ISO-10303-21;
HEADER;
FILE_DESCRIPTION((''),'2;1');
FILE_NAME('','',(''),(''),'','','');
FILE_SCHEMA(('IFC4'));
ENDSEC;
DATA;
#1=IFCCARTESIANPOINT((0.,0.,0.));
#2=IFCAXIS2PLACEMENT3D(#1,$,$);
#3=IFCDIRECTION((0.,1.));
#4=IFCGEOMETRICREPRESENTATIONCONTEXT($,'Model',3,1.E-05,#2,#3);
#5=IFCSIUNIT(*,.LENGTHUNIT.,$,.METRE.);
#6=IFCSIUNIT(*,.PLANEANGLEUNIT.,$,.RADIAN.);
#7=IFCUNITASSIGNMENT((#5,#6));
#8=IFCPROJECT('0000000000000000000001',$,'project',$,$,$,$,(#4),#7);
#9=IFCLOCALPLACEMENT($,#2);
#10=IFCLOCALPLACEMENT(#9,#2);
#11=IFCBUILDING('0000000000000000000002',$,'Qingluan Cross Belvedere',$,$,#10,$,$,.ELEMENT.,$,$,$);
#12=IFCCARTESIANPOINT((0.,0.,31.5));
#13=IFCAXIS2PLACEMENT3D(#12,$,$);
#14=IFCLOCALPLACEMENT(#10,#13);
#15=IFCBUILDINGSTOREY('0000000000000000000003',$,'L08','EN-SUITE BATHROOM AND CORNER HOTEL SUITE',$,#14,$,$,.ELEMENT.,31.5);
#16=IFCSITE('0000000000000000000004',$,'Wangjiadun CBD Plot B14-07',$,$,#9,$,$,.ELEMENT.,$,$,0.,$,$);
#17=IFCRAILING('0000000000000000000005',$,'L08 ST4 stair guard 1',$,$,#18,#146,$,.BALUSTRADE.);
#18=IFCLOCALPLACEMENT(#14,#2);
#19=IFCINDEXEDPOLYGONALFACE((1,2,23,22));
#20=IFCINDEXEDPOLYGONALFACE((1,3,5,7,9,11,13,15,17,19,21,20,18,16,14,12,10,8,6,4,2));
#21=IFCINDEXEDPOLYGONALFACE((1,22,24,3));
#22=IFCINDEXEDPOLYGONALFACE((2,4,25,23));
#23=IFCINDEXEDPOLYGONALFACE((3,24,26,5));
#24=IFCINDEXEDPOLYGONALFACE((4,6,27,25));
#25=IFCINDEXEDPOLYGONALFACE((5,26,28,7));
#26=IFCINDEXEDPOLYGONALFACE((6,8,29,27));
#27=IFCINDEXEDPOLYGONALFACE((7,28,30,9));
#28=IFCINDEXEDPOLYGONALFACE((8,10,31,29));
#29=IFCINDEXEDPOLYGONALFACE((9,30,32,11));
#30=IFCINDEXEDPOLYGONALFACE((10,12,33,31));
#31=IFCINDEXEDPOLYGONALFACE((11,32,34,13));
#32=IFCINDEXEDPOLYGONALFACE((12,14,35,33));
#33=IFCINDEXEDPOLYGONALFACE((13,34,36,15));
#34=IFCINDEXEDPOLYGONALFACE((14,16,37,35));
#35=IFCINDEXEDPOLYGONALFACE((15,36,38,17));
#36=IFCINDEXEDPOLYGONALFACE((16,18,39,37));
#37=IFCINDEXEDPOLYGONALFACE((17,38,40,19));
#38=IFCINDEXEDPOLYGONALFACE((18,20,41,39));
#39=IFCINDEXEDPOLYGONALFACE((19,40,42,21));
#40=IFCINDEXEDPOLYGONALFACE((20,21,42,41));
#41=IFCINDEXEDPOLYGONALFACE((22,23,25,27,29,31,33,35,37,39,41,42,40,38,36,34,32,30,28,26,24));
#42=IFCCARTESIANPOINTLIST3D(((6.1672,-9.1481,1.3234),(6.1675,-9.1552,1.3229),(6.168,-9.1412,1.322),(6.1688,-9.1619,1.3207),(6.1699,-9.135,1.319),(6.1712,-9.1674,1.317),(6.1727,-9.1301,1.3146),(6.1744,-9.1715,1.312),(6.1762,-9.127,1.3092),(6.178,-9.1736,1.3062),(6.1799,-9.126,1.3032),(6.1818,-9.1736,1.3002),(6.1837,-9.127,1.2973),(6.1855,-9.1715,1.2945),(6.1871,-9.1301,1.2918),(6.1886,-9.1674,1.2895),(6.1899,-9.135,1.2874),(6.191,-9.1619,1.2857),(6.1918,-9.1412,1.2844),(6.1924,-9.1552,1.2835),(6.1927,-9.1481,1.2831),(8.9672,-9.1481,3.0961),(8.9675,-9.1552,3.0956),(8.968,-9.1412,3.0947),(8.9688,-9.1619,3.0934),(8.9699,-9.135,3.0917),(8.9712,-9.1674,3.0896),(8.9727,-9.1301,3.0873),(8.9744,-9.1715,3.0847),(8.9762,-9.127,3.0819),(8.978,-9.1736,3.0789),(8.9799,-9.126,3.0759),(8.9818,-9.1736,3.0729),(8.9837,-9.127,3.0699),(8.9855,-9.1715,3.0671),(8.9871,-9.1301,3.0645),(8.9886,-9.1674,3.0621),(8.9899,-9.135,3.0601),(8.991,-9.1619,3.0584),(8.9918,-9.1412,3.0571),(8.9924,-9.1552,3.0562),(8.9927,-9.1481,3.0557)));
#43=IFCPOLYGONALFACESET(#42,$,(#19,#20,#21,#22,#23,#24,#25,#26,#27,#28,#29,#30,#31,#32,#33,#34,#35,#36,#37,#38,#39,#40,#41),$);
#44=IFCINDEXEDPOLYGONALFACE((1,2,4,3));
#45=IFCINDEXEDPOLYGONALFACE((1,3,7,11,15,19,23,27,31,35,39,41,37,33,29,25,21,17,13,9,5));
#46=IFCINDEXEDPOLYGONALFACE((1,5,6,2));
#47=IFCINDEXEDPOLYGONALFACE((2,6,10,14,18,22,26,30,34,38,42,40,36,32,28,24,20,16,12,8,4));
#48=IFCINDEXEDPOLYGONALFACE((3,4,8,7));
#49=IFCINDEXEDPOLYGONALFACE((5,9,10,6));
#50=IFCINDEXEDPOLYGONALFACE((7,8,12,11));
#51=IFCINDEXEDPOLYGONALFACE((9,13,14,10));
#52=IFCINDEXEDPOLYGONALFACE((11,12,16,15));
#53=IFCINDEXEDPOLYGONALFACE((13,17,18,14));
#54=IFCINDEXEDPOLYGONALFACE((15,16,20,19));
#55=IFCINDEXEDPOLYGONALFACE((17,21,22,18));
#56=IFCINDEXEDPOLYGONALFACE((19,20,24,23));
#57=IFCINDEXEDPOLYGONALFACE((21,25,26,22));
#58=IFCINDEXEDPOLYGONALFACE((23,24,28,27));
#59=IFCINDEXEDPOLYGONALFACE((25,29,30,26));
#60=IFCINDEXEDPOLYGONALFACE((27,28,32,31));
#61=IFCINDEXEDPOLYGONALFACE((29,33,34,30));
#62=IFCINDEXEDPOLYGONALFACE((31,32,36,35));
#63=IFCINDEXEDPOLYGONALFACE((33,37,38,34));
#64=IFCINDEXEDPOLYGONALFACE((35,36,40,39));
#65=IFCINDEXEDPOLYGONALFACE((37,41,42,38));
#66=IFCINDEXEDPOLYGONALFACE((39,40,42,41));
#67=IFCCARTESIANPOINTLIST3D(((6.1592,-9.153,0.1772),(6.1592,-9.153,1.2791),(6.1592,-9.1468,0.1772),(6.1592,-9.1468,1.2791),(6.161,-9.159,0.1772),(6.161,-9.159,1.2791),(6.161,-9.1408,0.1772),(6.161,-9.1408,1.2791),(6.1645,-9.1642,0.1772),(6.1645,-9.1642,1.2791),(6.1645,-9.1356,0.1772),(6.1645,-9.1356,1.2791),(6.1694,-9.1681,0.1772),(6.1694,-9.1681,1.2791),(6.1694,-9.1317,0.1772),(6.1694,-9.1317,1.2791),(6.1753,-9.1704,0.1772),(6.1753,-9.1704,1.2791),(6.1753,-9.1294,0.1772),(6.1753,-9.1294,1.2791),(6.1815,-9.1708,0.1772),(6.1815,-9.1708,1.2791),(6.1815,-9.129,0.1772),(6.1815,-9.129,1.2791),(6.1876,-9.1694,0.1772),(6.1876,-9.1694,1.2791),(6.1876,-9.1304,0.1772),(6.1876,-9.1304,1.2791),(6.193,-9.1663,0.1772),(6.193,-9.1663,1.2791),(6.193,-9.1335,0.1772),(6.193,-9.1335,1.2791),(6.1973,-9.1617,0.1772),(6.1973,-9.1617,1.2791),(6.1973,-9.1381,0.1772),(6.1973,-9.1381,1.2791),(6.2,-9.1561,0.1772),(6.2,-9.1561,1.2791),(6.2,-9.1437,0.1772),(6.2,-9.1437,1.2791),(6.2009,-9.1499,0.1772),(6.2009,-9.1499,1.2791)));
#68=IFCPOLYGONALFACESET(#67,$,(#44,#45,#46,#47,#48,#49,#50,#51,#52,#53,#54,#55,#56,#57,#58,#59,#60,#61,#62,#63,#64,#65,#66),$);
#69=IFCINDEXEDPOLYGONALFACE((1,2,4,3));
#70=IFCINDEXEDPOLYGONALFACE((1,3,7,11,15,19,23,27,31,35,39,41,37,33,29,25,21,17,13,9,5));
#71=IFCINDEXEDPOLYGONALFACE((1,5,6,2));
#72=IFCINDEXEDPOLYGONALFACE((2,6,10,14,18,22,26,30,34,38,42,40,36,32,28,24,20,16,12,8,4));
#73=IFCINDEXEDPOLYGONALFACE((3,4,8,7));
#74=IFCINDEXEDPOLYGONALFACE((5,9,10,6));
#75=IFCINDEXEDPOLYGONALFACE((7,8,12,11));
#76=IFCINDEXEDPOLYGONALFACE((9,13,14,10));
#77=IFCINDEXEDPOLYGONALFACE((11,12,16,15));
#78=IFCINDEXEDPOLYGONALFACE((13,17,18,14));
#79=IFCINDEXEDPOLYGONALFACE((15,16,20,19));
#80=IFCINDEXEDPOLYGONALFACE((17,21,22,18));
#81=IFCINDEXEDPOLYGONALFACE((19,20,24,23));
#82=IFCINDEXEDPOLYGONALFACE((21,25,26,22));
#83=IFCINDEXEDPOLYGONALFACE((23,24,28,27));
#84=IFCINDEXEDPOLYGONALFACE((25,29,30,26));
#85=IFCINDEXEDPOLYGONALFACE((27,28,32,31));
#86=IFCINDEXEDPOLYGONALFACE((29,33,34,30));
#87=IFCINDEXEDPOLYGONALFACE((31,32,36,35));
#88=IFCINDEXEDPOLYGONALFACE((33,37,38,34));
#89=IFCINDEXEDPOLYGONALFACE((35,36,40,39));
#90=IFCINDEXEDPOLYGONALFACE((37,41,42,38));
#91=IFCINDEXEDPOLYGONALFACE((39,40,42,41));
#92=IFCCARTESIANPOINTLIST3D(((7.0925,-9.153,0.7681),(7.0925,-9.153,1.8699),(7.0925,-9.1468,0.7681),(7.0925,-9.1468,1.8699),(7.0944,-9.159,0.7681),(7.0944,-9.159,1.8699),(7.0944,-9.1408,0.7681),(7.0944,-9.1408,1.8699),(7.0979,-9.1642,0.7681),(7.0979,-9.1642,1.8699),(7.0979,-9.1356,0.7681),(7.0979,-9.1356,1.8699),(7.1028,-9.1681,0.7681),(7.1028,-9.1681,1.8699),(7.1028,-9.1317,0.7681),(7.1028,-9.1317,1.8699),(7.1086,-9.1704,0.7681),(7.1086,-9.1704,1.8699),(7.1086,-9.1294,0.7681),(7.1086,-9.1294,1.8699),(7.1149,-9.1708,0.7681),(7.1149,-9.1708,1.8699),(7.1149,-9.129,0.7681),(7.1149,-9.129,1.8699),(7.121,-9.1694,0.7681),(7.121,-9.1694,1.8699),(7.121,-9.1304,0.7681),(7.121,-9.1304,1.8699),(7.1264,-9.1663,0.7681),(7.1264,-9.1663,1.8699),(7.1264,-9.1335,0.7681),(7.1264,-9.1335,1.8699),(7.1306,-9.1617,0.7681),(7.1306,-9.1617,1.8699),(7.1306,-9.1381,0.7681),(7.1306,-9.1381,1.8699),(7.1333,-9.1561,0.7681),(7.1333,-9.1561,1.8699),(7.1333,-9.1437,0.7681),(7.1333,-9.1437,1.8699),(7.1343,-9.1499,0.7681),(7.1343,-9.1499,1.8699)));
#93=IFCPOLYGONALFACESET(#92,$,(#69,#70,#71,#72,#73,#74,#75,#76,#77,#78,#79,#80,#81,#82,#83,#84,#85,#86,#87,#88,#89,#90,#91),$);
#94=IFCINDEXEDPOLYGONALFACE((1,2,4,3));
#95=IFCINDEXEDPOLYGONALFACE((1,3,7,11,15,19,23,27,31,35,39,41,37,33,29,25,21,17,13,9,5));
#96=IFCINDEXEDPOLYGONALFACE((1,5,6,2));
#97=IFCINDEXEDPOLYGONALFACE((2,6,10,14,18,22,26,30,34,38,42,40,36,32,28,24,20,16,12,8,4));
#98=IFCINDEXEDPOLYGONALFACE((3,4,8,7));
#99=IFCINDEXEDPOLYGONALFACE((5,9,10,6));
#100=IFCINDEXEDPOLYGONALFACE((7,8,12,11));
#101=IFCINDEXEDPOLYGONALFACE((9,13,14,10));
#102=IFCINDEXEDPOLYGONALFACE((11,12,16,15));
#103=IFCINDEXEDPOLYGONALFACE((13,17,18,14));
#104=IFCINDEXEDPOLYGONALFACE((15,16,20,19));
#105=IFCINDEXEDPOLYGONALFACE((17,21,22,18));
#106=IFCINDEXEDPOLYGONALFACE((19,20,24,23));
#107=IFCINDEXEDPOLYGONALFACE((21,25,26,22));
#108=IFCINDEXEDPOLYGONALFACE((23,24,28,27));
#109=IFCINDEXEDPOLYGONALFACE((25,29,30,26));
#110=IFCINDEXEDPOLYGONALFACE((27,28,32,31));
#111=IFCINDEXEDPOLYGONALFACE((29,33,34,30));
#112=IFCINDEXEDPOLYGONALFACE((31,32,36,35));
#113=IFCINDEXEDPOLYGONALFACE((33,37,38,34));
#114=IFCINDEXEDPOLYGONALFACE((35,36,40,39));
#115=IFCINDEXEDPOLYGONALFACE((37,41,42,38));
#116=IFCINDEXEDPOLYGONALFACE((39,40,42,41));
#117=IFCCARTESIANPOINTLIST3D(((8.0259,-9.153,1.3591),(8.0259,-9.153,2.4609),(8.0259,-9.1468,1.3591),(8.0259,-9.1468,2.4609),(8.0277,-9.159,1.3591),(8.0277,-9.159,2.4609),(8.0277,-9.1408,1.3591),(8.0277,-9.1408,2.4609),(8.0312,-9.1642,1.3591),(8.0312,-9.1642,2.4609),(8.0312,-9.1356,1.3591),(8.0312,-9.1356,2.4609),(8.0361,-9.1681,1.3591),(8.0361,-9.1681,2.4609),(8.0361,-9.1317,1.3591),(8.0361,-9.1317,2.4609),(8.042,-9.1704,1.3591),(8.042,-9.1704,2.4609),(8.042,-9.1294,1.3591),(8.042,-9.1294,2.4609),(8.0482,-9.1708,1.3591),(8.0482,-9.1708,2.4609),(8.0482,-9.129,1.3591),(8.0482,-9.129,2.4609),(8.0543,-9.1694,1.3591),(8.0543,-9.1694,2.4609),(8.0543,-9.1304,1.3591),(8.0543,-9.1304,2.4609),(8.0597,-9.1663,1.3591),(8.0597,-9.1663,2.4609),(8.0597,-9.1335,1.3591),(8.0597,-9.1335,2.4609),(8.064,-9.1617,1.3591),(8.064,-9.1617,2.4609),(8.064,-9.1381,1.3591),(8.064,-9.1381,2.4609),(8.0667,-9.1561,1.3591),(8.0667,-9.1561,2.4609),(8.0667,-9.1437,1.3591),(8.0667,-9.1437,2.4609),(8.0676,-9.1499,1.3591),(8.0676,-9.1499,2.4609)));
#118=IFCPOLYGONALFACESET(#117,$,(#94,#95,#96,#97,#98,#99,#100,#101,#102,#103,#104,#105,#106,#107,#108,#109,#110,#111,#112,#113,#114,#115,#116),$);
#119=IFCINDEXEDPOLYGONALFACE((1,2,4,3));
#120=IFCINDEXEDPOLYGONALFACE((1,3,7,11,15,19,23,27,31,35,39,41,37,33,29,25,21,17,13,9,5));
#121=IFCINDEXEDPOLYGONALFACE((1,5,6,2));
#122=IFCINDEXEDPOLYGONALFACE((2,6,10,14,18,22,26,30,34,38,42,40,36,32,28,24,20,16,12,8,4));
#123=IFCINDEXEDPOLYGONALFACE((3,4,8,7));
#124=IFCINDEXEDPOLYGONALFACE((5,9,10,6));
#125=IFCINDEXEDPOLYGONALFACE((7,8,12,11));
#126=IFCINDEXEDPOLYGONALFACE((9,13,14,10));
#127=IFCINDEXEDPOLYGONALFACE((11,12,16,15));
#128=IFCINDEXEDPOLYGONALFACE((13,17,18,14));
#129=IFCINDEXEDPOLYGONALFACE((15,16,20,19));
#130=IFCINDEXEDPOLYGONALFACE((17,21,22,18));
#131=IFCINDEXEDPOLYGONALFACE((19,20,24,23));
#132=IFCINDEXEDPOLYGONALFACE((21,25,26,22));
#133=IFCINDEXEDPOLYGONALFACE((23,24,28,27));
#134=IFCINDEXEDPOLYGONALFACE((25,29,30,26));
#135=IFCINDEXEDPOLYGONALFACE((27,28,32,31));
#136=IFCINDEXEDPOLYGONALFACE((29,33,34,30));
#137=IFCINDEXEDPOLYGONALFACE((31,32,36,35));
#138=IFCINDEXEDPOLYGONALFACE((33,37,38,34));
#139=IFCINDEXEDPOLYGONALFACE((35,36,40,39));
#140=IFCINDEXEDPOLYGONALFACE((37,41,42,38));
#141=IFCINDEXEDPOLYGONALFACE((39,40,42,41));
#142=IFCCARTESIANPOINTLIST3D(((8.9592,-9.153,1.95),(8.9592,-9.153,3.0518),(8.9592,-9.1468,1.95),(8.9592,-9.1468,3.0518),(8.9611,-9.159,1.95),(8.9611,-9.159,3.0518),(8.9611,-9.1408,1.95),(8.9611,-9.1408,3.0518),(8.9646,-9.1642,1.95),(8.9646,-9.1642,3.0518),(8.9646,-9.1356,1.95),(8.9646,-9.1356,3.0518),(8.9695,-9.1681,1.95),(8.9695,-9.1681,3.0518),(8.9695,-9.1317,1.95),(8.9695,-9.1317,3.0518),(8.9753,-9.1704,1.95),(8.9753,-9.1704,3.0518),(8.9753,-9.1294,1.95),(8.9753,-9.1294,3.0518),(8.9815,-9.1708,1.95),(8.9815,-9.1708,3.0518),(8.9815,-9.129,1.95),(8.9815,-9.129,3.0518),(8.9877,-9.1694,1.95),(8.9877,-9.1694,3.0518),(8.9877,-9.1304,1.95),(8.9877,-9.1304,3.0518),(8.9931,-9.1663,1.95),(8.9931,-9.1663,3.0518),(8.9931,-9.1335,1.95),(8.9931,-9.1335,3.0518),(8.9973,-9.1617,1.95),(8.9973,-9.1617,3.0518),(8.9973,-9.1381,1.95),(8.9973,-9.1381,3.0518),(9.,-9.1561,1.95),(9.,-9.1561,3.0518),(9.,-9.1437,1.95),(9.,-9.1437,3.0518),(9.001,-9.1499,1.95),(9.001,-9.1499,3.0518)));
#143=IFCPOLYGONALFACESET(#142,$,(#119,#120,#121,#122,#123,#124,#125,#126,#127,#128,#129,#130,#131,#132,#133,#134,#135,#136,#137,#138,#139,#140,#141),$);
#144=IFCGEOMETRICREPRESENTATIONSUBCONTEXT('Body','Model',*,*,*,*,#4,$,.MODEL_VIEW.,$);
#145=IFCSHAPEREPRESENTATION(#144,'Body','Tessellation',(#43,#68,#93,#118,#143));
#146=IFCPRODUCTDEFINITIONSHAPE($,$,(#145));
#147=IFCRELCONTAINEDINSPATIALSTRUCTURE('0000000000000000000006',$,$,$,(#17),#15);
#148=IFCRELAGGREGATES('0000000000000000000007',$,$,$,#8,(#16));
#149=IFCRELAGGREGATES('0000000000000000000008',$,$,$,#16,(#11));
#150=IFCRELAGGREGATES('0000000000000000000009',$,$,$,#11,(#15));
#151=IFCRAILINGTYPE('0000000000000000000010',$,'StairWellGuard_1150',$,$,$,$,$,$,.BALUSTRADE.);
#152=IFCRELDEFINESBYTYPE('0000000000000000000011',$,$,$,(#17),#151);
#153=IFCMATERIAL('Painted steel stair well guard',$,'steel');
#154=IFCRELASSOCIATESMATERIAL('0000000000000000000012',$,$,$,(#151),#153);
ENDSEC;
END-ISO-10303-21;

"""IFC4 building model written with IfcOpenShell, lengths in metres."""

from ifc_helpers import new_model, si_unit, direction, frame, origin, origin_2d, place, context, subcontext, project, spatial, circle, extrude, material, type_object, element, save


model = new_model("IFC4")

# Units and contexts
model_context = context("Model", 3, precision=1e-05, world=origin(), true_north=direction((0.0, 1.0)))
body_context = subcontext(model_context, "Body", "Model", "MODEL_VIEW")
ifc_project = project(units=[si_unit("LENGTHUNIT", "METRE"), si_unit("PLANEANGLEUNIT", "RADIAN")], contexts=[model_context])

# Site, building, storey
site_placement = place(None, origin())
site = spatial("IfcSite", under=ifc_project, at=site_placement, Name="Wangjiadun CBD Plot B14-07", CompositionType="ELEMENT", RefElevation=0.0)
building_placement = place(site_placement, origin())
building = spatial("IfcBuilding", under=site, at=building_placement, Name="Qingluan Cross Belvedere", CompositionType="ELEMENT")
storey_placement = place(building_placement, frame((0.0, 0.0, 31.5)))
storey = spatial("IfcBuildingStorey", under=building, at=storey_placement, Name="L08", Description="EN-SUITE BATHROOM AND CORNER HOTEL SUITE", CompositionType="ELEMENT", Elevation=31.5)

# Railing
ifc_material_1 = material(Name="Painted steel stair well guard", Category="steel")
railing_type_1 = type_object("IfcRailingType", Name="StairWellGuard_1150", PredefinedType="BALUSTRADE", material=ifc_material_1)
railing_1_placement = place(storey_placement, frame((6.1799, -9.1499, 0.1772)))
element("IfcRailing", 1, at=railing_1_placement, inside=storey, type_object=railing_type_1, Name="L08 ST4 stair guard 1", PredefinedType="BALUSTRADE", context=body_context, shape_type="SweptSolid", body=[
    extrude(circle(Radius=0.0239, at=origin_2d()), frame((0.0, 0.0, 1.126), z_axis=(0.844909, 0.0, 0.53491), x_axis=(0.0, 1.0, 0.0)), (0.0, 0.0, 1.0), 3.314),
    extrude(circle(Radius=0.021, at=origin_2d()), origin(), (0.0, 0.0, 1.0), 1.1018),
    extrude(circle(Radius=0.021, at=origin_2d()), frame((0.9333, 0.0, 0.5908)), (0.0, 0.0, 1.0), 1.1018),
    extrude(circle(Radius=0.021, at=origin_2d()), frame((1.8667, 0.0, 1.1819)), (0.0, 0.0, 1.0), 1.1018),
    extrude(circle(Radius=0.021, at=origin_2d()), frame((2.8, 0.0, 1.7727)), (0.0, 0.0, 1.0), 1.1018),
])

save(model, "model.ifc")
